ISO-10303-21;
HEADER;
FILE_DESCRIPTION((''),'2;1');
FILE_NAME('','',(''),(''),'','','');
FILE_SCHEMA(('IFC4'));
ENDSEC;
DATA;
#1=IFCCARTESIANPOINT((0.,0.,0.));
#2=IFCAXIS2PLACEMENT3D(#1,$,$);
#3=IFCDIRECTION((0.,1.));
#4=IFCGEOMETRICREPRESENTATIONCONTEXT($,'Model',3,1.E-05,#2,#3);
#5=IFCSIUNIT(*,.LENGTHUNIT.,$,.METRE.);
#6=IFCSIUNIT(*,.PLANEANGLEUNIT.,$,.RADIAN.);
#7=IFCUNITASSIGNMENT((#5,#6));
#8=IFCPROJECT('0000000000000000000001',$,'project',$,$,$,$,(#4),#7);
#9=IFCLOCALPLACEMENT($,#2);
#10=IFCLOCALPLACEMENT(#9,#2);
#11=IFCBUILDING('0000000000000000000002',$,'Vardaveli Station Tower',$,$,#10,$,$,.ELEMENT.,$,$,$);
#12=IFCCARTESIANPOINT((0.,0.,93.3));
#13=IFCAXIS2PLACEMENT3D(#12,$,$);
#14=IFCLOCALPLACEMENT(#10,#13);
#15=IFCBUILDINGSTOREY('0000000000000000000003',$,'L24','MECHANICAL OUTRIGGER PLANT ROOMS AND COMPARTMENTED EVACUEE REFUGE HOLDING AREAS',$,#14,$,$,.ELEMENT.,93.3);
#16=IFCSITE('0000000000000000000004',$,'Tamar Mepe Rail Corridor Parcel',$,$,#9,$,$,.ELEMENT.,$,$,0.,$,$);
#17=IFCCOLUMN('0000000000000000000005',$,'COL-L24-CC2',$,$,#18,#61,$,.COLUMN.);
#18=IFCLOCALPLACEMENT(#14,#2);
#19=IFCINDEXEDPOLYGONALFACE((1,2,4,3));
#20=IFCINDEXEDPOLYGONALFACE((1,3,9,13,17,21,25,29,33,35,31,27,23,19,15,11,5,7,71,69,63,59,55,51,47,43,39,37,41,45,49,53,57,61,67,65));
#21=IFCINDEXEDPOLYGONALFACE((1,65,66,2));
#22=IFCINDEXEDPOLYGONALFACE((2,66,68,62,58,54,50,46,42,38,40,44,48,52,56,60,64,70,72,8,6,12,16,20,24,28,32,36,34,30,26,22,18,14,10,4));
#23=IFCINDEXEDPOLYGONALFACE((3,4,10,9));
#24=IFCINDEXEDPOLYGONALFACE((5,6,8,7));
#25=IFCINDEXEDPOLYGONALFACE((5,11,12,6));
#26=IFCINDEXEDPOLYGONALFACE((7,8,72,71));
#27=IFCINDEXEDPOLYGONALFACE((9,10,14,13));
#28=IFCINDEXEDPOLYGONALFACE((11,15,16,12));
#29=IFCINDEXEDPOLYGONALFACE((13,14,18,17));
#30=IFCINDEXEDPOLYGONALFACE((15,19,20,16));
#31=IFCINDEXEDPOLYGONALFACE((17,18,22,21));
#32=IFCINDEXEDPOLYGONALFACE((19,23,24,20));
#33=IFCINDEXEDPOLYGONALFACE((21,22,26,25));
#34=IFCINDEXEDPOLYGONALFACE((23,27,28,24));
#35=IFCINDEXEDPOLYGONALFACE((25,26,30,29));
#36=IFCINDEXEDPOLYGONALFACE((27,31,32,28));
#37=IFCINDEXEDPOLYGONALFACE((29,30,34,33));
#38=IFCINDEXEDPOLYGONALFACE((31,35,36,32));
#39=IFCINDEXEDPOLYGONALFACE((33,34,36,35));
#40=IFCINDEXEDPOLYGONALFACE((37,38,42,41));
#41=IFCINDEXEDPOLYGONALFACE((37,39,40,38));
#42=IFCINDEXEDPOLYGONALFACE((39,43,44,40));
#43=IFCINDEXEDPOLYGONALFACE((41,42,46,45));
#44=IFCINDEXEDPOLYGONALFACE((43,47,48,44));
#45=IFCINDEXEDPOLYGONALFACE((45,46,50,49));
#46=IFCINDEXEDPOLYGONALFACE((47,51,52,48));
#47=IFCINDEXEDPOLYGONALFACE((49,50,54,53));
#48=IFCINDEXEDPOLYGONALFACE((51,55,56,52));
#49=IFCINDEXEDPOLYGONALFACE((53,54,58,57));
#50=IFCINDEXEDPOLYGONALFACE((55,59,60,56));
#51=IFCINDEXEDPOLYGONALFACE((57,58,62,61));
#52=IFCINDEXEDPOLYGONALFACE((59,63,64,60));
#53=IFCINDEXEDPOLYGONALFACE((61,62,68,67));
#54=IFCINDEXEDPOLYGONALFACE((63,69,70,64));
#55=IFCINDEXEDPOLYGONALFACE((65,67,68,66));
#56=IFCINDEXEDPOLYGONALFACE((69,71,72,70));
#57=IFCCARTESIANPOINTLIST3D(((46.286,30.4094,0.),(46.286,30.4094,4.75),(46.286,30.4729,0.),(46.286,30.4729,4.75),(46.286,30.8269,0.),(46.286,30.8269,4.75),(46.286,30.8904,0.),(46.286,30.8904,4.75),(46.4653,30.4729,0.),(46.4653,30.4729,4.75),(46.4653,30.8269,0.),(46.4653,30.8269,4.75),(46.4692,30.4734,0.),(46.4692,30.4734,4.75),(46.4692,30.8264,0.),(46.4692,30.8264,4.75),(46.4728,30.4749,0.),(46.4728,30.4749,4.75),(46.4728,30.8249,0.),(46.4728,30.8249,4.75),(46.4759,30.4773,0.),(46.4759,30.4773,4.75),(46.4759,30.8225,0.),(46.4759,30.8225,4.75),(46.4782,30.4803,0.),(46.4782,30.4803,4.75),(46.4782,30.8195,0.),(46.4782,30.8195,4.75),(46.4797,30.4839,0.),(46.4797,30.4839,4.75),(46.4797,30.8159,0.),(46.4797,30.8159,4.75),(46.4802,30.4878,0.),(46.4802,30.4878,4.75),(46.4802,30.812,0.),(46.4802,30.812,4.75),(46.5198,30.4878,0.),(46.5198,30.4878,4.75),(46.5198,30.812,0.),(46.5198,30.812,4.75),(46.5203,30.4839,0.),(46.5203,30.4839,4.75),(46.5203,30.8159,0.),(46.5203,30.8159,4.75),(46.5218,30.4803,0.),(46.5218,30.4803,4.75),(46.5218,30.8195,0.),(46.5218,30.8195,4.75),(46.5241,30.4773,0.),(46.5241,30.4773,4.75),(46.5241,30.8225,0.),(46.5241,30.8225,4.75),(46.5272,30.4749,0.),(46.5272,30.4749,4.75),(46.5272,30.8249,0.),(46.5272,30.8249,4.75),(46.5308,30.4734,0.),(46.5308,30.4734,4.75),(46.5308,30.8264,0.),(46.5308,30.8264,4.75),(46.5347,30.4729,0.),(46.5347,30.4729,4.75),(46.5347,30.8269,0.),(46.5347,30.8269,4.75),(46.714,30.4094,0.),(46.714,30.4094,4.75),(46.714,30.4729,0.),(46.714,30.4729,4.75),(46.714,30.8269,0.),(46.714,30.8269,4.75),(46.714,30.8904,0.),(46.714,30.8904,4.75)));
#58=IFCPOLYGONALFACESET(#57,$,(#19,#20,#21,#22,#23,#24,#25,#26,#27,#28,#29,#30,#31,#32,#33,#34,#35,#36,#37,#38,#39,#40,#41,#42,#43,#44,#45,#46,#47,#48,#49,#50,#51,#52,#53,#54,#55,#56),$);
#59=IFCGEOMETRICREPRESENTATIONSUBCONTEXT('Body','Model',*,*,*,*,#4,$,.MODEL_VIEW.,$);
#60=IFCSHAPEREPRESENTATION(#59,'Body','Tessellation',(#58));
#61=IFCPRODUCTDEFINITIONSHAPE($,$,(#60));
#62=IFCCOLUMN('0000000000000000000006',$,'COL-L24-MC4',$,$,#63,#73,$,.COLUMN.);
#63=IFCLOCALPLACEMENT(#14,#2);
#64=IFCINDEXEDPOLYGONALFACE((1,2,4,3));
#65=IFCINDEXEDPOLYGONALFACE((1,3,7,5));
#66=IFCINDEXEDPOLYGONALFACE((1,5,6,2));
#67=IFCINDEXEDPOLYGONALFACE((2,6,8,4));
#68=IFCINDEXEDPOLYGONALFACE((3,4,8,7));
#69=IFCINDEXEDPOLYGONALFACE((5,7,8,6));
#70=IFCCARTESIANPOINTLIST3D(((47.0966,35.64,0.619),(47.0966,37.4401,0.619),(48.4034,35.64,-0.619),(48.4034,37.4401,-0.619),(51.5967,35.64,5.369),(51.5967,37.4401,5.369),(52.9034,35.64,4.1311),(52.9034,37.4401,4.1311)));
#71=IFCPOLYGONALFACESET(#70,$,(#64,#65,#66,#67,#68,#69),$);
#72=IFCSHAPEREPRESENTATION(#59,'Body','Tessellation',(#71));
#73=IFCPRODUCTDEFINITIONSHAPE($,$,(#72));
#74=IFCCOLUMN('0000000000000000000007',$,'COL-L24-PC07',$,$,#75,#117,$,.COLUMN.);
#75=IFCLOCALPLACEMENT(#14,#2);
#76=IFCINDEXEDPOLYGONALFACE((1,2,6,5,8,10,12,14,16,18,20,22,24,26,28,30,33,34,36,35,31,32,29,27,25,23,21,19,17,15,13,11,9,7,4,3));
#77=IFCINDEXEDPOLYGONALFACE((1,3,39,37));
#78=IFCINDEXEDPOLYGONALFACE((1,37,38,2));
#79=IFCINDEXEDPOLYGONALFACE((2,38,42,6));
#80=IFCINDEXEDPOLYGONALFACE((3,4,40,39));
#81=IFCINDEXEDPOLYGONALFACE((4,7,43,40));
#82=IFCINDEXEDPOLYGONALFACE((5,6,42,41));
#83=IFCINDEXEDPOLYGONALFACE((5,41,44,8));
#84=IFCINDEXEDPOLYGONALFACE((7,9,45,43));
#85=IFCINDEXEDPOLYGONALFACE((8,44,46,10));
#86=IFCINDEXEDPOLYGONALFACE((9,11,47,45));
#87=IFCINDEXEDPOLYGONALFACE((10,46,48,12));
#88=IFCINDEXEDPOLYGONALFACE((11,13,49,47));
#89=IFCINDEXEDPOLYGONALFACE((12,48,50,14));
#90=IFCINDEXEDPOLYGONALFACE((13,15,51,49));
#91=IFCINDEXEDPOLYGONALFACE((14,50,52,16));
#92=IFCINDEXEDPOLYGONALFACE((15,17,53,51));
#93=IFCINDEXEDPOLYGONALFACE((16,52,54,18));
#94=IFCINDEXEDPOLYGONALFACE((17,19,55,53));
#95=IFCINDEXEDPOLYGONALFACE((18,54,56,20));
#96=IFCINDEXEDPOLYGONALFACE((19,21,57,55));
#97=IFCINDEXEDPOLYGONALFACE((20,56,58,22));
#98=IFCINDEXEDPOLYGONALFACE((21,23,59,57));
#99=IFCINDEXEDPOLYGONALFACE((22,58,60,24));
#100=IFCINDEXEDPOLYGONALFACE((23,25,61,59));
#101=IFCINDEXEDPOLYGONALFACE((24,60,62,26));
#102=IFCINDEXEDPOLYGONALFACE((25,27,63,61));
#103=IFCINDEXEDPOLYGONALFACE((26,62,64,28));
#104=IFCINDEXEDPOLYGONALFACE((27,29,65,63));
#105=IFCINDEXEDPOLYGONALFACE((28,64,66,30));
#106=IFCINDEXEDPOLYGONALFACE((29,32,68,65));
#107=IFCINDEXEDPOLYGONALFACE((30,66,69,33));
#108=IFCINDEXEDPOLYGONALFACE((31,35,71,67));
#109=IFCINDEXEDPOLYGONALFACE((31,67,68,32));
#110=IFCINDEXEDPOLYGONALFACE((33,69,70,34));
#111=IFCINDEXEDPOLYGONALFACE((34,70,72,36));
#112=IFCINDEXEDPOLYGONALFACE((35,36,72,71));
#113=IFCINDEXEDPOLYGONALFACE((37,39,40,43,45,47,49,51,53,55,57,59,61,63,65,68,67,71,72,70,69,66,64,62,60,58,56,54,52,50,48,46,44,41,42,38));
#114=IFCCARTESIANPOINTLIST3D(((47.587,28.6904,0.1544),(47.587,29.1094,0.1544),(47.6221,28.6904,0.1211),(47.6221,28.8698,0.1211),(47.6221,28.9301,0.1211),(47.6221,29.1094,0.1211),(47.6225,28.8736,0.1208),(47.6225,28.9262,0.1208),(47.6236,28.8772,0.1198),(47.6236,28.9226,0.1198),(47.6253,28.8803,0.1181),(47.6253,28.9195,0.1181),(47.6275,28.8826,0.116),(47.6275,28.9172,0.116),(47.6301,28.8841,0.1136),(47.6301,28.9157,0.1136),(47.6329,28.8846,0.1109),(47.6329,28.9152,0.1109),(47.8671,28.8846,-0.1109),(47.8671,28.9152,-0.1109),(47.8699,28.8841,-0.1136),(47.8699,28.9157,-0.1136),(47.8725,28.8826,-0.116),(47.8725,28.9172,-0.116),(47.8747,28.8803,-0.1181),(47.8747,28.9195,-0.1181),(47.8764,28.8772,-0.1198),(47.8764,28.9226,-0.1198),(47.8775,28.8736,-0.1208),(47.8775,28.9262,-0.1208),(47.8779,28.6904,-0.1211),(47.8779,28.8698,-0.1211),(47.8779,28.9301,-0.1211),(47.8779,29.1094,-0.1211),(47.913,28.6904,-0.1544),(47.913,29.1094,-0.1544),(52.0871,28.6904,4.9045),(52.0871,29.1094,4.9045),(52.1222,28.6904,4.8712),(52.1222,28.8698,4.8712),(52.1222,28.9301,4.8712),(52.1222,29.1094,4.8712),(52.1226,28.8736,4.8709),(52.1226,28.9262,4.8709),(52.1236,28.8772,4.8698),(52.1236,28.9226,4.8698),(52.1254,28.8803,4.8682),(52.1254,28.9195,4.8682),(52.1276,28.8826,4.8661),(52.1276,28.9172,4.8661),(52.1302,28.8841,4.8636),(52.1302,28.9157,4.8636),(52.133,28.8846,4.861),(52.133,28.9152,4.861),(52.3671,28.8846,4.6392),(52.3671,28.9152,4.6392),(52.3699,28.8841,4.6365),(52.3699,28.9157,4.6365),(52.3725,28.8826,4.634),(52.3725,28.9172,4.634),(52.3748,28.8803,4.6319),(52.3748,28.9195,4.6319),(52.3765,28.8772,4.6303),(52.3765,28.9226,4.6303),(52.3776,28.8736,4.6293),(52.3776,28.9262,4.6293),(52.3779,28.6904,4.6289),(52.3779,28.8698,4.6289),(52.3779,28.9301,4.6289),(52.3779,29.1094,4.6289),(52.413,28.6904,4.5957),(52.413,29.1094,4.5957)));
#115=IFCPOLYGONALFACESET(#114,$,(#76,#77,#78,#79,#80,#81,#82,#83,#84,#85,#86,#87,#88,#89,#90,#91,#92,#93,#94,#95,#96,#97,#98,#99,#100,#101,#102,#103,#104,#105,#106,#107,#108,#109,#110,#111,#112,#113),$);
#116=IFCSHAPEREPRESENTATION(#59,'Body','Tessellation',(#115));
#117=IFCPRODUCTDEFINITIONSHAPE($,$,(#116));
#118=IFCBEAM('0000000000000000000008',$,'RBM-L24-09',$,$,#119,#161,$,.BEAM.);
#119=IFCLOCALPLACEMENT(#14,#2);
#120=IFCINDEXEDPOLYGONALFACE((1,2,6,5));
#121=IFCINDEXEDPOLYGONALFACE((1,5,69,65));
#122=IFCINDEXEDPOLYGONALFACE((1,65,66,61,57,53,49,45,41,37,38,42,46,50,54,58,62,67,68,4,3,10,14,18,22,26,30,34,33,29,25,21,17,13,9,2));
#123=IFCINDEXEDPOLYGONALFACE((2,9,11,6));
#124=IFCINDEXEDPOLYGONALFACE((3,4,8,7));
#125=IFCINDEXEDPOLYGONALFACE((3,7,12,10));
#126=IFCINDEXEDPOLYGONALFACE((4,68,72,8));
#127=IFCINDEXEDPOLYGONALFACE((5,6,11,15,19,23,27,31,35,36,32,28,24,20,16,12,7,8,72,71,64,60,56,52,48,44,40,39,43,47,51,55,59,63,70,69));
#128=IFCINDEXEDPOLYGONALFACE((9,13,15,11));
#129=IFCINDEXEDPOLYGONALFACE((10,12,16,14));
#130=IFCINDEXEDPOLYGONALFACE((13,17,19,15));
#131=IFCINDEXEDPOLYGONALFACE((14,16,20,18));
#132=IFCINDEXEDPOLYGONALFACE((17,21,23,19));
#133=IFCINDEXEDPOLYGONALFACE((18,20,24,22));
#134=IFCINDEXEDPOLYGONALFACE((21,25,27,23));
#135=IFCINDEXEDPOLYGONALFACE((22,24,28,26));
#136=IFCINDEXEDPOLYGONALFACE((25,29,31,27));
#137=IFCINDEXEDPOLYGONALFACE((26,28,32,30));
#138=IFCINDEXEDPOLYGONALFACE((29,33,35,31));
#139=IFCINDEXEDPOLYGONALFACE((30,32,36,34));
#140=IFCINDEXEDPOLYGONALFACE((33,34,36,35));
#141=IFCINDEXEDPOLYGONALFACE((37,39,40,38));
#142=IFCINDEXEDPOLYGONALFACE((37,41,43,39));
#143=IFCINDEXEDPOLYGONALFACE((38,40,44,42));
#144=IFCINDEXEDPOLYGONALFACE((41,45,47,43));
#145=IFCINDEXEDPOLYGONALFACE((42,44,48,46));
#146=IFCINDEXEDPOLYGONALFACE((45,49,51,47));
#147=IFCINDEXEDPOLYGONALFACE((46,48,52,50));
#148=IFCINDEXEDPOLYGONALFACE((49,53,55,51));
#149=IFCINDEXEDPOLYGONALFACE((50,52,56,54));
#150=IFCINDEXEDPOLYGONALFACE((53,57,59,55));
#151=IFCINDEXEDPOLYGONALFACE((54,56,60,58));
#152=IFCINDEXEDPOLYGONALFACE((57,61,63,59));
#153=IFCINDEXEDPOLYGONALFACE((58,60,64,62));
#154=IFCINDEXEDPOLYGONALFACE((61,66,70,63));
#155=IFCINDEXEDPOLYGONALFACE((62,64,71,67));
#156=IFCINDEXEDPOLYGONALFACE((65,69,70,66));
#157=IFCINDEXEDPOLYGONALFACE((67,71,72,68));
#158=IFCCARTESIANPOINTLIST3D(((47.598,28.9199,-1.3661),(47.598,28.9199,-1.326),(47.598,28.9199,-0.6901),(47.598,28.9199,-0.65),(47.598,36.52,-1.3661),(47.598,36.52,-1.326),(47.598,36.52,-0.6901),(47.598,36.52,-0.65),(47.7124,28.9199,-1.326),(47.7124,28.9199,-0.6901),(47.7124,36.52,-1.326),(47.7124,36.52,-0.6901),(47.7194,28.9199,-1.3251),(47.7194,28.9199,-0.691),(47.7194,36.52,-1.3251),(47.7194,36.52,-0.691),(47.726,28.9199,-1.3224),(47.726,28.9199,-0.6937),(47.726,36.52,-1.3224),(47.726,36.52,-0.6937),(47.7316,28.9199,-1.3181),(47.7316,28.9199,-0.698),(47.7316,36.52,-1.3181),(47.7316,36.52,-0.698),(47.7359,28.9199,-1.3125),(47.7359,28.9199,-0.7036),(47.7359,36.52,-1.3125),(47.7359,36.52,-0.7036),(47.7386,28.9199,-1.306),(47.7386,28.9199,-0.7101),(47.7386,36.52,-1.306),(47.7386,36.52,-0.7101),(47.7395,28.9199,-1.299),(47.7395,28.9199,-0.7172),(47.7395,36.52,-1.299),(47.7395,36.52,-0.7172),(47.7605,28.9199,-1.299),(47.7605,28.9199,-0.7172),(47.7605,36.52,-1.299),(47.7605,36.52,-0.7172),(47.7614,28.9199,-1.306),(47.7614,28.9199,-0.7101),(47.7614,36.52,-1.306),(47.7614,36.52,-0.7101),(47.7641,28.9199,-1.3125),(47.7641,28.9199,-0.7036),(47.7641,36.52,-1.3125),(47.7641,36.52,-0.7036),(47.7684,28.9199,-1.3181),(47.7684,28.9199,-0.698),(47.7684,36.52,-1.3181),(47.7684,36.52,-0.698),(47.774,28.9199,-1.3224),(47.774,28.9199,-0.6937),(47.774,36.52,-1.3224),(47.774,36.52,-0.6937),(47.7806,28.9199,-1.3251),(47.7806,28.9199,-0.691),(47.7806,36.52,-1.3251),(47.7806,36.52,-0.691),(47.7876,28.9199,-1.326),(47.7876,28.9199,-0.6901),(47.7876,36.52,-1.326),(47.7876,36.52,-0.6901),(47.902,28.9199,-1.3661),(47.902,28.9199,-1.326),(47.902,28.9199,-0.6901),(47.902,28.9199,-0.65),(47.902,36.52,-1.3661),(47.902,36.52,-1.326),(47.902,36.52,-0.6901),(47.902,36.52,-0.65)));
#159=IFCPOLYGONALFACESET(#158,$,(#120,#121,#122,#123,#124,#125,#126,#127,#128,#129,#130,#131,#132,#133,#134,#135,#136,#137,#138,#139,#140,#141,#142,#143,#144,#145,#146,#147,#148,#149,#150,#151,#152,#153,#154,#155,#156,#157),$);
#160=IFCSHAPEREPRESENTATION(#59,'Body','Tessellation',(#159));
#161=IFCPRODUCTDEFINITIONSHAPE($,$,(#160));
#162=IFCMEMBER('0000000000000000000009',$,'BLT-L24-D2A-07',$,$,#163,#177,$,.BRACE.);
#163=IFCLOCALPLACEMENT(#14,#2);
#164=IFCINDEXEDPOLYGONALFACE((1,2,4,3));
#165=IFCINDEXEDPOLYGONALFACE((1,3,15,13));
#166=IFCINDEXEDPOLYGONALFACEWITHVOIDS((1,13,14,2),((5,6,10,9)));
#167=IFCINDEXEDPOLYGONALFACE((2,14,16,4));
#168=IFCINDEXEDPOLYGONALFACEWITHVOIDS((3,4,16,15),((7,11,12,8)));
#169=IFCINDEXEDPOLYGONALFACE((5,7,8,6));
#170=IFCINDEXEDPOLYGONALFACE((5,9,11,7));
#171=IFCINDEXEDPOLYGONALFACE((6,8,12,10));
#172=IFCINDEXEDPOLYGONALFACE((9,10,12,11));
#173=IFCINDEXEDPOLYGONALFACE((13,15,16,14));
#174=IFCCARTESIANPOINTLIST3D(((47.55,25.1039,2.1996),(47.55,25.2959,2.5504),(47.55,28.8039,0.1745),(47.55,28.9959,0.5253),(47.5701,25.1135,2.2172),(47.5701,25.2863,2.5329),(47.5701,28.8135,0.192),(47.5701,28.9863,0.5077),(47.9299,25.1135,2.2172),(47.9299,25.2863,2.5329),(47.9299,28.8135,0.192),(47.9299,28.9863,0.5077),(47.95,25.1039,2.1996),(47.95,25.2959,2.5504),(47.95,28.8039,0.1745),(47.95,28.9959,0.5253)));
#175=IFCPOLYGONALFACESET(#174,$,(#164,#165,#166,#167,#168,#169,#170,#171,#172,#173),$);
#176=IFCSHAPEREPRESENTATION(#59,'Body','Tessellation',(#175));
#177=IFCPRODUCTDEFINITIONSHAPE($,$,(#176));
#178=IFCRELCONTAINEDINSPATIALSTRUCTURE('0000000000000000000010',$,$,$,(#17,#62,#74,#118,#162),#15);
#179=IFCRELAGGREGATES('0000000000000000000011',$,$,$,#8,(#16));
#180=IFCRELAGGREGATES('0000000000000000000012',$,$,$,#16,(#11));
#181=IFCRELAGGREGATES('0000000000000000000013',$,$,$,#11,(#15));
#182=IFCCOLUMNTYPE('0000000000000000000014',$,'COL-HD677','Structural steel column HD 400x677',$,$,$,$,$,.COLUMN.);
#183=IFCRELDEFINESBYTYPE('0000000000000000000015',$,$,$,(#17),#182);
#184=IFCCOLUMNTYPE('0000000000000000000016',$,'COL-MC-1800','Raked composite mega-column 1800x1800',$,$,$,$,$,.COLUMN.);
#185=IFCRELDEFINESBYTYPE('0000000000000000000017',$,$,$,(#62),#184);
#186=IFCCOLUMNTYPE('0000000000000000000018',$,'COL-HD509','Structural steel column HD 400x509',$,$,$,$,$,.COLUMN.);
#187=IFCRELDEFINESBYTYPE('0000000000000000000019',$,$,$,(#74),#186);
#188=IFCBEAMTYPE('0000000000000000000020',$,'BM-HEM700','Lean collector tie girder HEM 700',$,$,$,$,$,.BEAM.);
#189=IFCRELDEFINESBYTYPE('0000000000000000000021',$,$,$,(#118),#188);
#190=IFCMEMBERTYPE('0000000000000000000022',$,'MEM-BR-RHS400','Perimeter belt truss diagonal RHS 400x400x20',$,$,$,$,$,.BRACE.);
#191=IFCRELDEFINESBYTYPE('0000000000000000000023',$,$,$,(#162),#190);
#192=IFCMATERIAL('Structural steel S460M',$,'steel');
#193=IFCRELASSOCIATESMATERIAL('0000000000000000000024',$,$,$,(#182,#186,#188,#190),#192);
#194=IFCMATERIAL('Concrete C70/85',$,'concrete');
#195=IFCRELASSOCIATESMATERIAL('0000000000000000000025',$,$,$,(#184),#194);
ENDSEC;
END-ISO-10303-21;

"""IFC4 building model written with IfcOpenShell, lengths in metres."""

from ifc_helpers import new_model, si_unit, direction, frame, origin, origin_2d, place, context, subcontext, project, spatial, rectangle, hollow_rectangle, i_section, extrude, source, transform, mapped, material, material_profile, profile_set, type_object, element, save


model = new_model("IFC4")

# Units and contexts
model_context = context("Model", 3, precision=1e-05, world=origin(), true_north=direction((0.0, 1.0)))
body_context = subcontext(model_context, "Body", "Model", "MODEL_VIEW")
ifc_project = project(units=[si_unit("LENGTHUNIT", "METRE"), si_unit("PLANEANGLEUNIT", "RADIAN")], contexts=[model_context])

# Site, building, storey
site_placement = place(None, origin())
site = spatial("IfcSite", under=ifc_project, at=site_placement, Name="Tamar Mepe Rail Corridor Parcel", CompositionType="ELEMENT", RefElevation=0.0)
building_placement = place(site_placement, origin())
building = spatial("IfcBuilding", under=site, at=building_placement, Name="Vardaveli Station Tower", CompositionType="ELEMENT")
storey_placement = place(building_placement, frame((0.0, 0.0, 93.3)))
storey = spatial("IfcBuildingStorey", under=building, at=storey_placement, Name="L24", Description="MECHANICAL OUTRIGGER PLANT ROOMS AND COMPARTMENTED EVACUEE REFUGE HOLDING AREAS", CompositionType="ELEMENT", Elevation=93.3)

# Columns
ifc_material_1 = material(Name="Structural steel S460M", Category="steel")
ifc_material_profile_1 = material_profile(ifc_material_1, i_section(OverallWidth=0.428, OverallDepth=0.481, WebThickness=0.0396, FlangeThickness=0.0635, FilletRadius=0.0149, at=origin_2d()), Name="HD 400x677")
ifc_profile_set_1 = profile_set([ifc_material_profile_1], Name="Structural steel S460M")
column_type_1 = type_object("IfcColumnType", Name="COL-HD677", Description="Structural steel column HD 400x677", PredefinedType="COLUMN", material=ifc_profile_set_1)
shared_shape_1 = source(origin(), body_context, "Body", "SweptSolid", [
    extrude(i_section(OverallWidth=0.428, OverallDepth=0.481, WebThickness=0.0396, FlangeThickness=0.0635, FilletRadius=0.0149, at=origin_2d()), origin(), (0.0, 0.0, 1.0), 4.75),
])
column_1_placement = place(storey_placement, frame((46.5, 30.6499, 0.0), z_axis=(0.0, 0.0, 1.0), x_axis=(1.0, 0.0, 0.0)))
element("IfcColumn", 1, at=column_1_placement, inside=storey, type_object=column_type_1, Name="COL-L24-CC2", PredefinedType="COLUMN", context=body_context, shape_type="MappedRepresentation", body=[
    mapped(shared_shape_1, transform((0.0, 0.0, 0.0), scale=1.0)),
])
ifc_material_2 = material(Name="Concrete C70/85", Category="concrete")
ifc_material_profile_2 = material_profile(ifc_material_2, rectangle(XDim=1.8, YDim=1.8, at=origin_2d()), Name="MC 1800x1800")
ifc_profile_set_2 = profile_set([ifc_material_profile_2], Name="Concrete C70/85")
column_type_2 = type_object("IfcColumnType", Name="COL-MC-1800", Description="Raked composite mega-column 1800x1800", PredefinedType="COLUMN", material=ifc_profile_set_2)
shared_shape_2 = source(origin(), body_context, "Body", "SweptSolid", [
    extrude(rectangle(XDim=1.8, YDim=1.8, at=origin_2d()), origin(), (0.0, 0.0, 1.0), 6.5432),
])
column_2_placement = place(storey_placement, frame((47.75, 36.54, 0.0), z_axis=(0.687745, 0.0, 0.725953), x_axis=(0.0, 1.0, 0.0)))
element("IfcColumn", 2, at=column_2_placement, inside=storey, type_object=column_type_2, Name="COL-L24-MC4", PredefinedType="COLUMN", context=body_context, shape_type="MappedRepresentation", body=[
    mapped(shared_shape_2, transform((0.0, 0.0, 0.0), scale=1.0)),
])
ifc_material_profile_3 = material_profile(ifc_material_1, i_section(OverallWidth=0.4189, OverallDepth=0.449, WebThickness=0.0305, FlangeThickness=0.0483, FilletRadius=0.0149, at=origin_2d()), Name="HD 400x509")
ifc_profile_set_3 = profile_set([ifc_material_profile_3], Name="Structural steel S460M")
column_type_3 = type_object("IfcColumnType", Name="COL-HD509", Description="Structural steel column HD 400x509", PredefinedType="COLUMN", material=ifc_profile_set_3)
shared_shape_3 = source(origin(), body_context, "Body", "SweptSolid", [
    extrude(i_section(OverallWidth=0.4189, OverallDepth=0.449, WebThickness=0.0305, FlangeThickness=0.0483, FilletRadius=0.0149, at=origin_2d()), origin(), (0.0, 0.0, 1.0), 6.5432),
])
column_3_placement = place(storey_placement, frame((47.75, 28.8999, 0.0), z_axis=(0.687745, 0.0, 0.725953), x_axis=(0.0, 1.0, 0.0)))
element("IfcColumn", 3, at=column_3_placement, inside=storey, type_object=column_type_3, Name="COL-L24-PC07", PredefinedType="COLUMN", context=body_context, shape_type="MappedRepresentation", body=[
    mapped(shared_shape_3, transform((0.0, 0.0, 0.0), scale=1.0)),
])

# Beam
ifc_material_profile_4 = material_profile(ifc_material_1, i_section(OverallWidth=0.304, OverallDepth=0.7161, WebThickness=0.021, FlangeThickness=0.04, FilletRadius=0.0271, at=origin_2d()), Name="HEM 700")
ifc_profile_set_4 = profile_set([ifc_material_profile_4], Name="Structural steel S460M")
beam_type = type_object("IfcBeamType", Name="BM-HEM700", Description="Lean collector tie girder HEM 700", PredefinedType="BEAM", material=ifc_profile_set_4)
shared_shape_4 = source(origin(), body_context, "Body", "SweptSolid", [
    extrude(i_section(OverallWidth=0.304, OverallDepth=0.7161, WebThickness=0.021, FlangeThickness=0.04, FilletRadius=0.0271, at=origin_2d()), origin(), (0.0, 0.0, 1.0), 7.6001),
])
beam_placement = place(storey_placement, frame((47.75, 28.9199, -1.0081), z_axis=(0.0, 1.0, 0.0), x_axis=(-1.0, 0.0, 0.0)))
element("IfcBeam", 4, at=beam_placement, inside=storey, type_object=beam_type, Name="RBM-L24-09", PredefinedType="BEAM", context=body_context, shape_type="MappedRepresentation", body=[
    mapped(shared_shape_4, transform((0.0, 0.0, 0.0), scale=1.0)),
])

# Member
ifc_material_profile_5 = material_profile(ifc_material_1, hollow_rectangle(XDim=0.3999, YDim=0.3999, WallThickness=0.02, at=origin_2d()), Name="RHS 400x400x20")
ifc_profile_set_5 = profile_set([ifc_material_profile_5], Name="Structural steel S460M")
member_type_1 = type_object("IfcMemberType", Name="MEM-BR-RHS400", Description="Perimeter belt truss diagonal RHS 400x400x20", PredefinedType="BRACE", material=ifc_profile_set_5)
shared_shape_5 = source(origin(), body_context, "Body", "SweptSolid", [
    extrude(hollow_rectangle(XDim=0.3999, YDim=0.3999, WallThickness=0.02, at=origin_2d()), origin(), (0.0, 0.0, 1.0), 4.218),
])
member_1_placement = place(storey_placement, frame((47.75, 28.8999, 0.3499), z_axis=(0.0, -0.877198, 0.480129), x_axis=(1.0, 0.0, 0.0)))
element("IfcMember", 5, at=member_1_placement, inside=storey, type_object=member_type_1, Name="BLT-L24-D2A-07", PredefinedType="BRACE", context=body_context, shape_type="MappedRepresentation", body=[
    mapped(shared_shape_5, transform((0.0, 0.0, 0.0), scale=1.0)),
])

save(model, "model.ifc")
